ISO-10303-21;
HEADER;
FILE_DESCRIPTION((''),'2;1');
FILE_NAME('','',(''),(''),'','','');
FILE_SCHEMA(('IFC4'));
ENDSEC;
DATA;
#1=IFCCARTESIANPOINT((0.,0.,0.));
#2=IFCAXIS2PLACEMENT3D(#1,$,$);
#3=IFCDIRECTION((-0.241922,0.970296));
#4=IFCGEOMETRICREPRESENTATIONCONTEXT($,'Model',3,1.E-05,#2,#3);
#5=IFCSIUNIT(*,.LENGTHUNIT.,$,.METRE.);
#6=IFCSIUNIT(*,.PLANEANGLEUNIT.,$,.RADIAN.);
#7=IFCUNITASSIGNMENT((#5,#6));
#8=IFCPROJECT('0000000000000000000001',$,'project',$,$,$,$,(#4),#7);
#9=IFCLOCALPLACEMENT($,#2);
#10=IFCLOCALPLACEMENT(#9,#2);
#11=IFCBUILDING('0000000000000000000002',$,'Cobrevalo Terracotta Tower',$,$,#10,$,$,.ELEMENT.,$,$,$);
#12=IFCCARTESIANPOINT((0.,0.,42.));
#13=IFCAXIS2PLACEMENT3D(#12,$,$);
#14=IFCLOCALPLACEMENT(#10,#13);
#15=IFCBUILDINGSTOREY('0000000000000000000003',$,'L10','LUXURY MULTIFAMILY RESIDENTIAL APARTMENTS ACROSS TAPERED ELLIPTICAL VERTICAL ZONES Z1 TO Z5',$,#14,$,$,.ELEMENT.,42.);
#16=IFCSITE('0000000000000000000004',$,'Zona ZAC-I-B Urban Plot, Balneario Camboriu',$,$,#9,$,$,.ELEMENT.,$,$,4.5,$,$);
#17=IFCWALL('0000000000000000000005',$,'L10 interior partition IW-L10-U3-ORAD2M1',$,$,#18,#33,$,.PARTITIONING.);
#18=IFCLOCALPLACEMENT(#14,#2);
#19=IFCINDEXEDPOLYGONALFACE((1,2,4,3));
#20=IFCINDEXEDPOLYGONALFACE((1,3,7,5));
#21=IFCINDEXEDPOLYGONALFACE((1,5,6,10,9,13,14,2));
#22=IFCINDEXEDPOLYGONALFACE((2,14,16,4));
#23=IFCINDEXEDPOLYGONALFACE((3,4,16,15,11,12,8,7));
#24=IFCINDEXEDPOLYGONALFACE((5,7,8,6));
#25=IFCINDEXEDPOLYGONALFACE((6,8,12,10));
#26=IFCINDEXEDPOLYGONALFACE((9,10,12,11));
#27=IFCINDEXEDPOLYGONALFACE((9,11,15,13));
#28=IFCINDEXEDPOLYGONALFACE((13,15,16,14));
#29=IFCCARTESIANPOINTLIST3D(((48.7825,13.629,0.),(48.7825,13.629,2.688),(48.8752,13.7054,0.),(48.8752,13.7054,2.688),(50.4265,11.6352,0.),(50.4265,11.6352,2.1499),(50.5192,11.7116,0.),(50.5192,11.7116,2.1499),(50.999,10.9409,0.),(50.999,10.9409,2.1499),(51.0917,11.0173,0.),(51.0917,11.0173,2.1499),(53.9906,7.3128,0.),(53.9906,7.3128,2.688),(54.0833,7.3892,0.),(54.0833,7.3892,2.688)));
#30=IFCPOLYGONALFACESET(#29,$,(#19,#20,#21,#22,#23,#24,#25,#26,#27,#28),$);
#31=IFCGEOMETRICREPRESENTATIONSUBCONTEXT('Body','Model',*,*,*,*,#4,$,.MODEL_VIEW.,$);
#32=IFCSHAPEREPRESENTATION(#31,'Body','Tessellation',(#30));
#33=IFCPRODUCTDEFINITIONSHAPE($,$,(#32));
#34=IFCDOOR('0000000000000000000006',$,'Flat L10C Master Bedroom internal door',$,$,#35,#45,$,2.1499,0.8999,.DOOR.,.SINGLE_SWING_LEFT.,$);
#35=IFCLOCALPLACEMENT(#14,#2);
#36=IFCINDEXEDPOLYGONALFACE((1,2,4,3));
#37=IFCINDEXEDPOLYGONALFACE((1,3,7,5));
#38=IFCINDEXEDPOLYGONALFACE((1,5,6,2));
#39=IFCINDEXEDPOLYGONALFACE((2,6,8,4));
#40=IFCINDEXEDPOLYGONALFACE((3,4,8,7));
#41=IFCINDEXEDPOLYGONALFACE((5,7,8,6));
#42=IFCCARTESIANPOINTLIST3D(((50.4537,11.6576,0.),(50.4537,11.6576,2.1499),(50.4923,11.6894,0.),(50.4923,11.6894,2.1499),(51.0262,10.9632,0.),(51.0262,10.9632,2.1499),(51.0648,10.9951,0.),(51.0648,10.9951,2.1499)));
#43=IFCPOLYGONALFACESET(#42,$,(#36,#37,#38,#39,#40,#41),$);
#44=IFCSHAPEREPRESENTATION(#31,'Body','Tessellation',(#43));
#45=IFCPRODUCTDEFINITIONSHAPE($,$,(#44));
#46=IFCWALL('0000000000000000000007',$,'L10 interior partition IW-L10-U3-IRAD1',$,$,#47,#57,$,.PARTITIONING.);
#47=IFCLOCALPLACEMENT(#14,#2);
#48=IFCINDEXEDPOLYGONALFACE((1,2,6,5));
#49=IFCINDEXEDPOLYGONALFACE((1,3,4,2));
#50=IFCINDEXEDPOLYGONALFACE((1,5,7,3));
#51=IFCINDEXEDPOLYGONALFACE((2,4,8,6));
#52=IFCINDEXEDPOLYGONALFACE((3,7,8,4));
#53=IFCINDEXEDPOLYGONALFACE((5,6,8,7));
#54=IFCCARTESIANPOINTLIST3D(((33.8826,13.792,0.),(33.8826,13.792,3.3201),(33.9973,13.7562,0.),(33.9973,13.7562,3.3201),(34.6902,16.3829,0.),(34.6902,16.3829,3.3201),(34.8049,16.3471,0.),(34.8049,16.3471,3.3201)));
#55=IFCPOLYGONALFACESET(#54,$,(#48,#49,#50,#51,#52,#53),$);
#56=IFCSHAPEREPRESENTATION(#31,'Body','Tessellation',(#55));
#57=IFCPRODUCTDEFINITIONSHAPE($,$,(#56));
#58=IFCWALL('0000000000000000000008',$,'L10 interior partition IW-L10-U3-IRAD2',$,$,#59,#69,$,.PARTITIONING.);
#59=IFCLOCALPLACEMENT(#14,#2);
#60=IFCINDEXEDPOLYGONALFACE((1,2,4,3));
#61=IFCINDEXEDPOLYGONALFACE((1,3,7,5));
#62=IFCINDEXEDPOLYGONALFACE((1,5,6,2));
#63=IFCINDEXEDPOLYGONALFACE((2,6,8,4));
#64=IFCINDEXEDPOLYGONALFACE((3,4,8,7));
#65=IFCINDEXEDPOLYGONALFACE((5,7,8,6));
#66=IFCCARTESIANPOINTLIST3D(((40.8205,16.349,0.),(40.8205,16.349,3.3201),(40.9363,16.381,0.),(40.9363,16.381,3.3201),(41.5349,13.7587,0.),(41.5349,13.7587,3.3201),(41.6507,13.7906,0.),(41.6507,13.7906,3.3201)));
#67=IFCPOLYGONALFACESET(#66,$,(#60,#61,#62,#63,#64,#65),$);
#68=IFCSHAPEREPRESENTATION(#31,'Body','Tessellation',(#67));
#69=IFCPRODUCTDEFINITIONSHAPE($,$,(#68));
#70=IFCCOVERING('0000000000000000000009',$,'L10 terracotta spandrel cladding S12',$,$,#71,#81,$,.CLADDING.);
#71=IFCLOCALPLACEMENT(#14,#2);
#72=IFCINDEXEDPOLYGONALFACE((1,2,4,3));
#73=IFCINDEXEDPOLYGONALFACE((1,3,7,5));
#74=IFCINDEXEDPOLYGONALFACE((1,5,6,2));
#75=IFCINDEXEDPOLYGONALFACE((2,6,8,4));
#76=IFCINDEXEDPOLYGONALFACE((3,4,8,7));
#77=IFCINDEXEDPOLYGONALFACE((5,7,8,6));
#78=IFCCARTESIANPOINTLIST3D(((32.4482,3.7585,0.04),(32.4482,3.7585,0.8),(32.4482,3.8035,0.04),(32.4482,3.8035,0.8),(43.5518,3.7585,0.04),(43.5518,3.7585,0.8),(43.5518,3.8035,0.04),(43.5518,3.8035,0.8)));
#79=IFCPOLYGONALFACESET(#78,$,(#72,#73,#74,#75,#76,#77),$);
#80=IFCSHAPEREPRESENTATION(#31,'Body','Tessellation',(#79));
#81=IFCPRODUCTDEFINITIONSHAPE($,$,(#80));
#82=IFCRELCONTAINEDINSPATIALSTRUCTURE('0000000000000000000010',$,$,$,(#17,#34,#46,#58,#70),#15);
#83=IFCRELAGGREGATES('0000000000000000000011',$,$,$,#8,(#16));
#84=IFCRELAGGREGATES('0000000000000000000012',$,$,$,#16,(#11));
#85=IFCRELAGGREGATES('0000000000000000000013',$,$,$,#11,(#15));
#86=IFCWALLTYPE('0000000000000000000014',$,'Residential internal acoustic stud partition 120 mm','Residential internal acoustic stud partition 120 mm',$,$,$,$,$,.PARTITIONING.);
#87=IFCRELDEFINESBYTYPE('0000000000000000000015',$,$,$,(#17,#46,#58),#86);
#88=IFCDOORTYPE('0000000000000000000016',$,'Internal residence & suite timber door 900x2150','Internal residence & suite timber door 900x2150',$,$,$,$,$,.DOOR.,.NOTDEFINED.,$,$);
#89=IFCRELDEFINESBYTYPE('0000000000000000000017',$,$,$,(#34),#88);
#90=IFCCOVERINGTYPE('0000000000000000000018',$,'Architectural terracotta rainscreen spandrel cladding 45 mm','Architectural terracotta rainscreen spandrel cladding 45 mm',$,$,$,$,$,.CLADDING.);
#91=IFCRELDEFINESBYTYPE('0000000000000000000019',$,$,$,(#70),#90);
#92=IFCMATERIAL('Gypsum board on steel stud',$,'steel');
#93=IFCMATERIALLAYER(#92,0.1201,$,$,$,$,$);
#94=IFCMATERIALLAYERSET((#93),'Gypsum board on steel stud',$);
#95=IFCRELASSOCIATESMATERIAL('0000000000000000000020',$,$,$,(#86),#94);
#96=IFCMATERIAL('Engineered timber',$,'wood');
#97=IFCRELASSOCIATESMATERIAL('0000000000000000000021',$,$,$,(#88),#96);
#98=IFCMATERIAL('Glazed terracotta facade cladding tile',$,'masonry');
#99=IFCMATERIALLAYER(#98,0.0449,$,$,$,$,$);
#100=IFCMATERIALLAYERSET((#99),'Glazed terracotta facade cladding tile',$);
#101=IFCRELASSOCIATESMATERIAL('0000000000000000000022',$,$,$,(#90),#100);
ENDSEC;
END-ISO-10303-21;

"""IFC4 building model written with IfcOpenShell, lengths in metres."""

from ifc_helpers import new_model, si_unit, direction, frame, frame_2d, origin, origin_2d, place, context, subcontext, project, spatial, rectangle, extrude, source, transform, mapped, material, layer, layer_set, type_object, element, fill, save


model = new_model("IFC4")

# Units and contexts
model_context = context("Model", 3, precision=1e-05, world=origin(), true_north=direction((-0.241922, 0.970296)))
body_context = subcontext(model_context, "Body", "Model", "MODEL_VIEW")
ifc_project = project(units=[si_unit("LENGTHUNIT", "METRE"), si_unit("PLANEANGLEUNIT", "RADIAN")], contexts=[model_context])

# Site, building, storey
site_placement = place(None, origin())
site = spatial("IfcSite", under=ifc_project, at=site_placement, Name="Zona ZAC-I-B Urban Plot, Balneario Camboriu", CompositionType="ELEMENT", RefElevation=4.5)
building_placement = place(site_placement, origin())
building = spatial("IfcBuilding", under=site, at=building_placement, Name="Cobrevalo Terracotta Tower", CompositionType="ELEMENT")
storey_placement = place(building_placement, frame((0.0, 0.0, 42.0)))
storey = spatial("IfcBuildingStorey", under=building, at=storey_placement, Name="L10", Description="LUXURY MULTIFAMILY RESIDENTIAL APARTMENTS ACROSS TAPERED ELLIPTICAL VERTICAL ZONES Z1 TO Z5", CompositionType="ELEMENT", Elevation=42.0)

# Wall, opening, door
ifc_material_1 = material(Name="Gypsum board on steel stud", Category="steel")
ifc_layer_1 = layer(ifc_material_1, 0.1201)
ifc_layer_set_1 = layer_set([ifc_layer_1], Name="Gypsum board on steel stud")
wall_type = type_object("IfcWallType", Name="Residential internal acoustic stud partition 120 mm", Description="Residential internal acoustic stud partition 120 mm", PredefinedType="PARTITIONING", material=ifc_layer_set_1)
ifc_material_2 = material(Name="Engineered timber", Category="wood")
door_type_1 = type_object("IfcDoorType", Name="Internal residence & suite timber door 900x2150", Description="Internal residence & suite timber door 900x2150", OperationType="NOTDEFINED", PredefinedType="DOOR", material=ifc_material_2)
shared_shape_1 = source(origin(), body_context, "Body", "SweptSolid", [
    extrude(rectangle(XDim=0.8999, YDim=2.1499, at=frame_2d((0.45, 1.075))), frame((0.0, 0.0249, 0.0), z_axis=(0.0, -1.0, 0.0), x_axis=(1.0, 0.0, 0.0)), (0.0, 0.0, 1.0), 0.05),
])
wall_1_placement = place(storey_placement, frame((48.8289, 13.6672, 0.0), z_axis=(0.0, 0.0, 1.0), x_axis=(0.636178, -0.771543, 0.0)))
wall_1 = element("IfcWall", 1, at=wall_1_placement, inside=storey, type_object=wall_type, Name="L10 interior partition IW-L10-U3-ORAD2M1", PredefinedType="PARTITIONING", context=body_context, shape_type="SweptSolid", body=[
    extrude(rectangle(XDim=8.1865, YDim=0.1201, at=frame_2d((4.0933, 0.0))), origin(), (0.0, 0.0, 1.0), 2.688),
])
opening_1_placement = place(wall_1_placement, frame((2.5842, 0.0, 0.0)))
opening_1 = element("IfcOpeningElement", 2, at=opening_1_placement, cuts=wall_1, PredefinedType="OPENING", context=body_context, shape_type="SweptSolid", body=[
    extrude(rectangle(XDim=0.8999, YDim=2.1499, at=frame_2d((0.45, 1.075))), frame((0.0, 0.0701, 0.0), z_axis=(0.0, -1.0, 0.0), x_axis=(1.0, 0.0, 0.0)), (0.0, 0.0, 1.0), 0.1401),
])
door_1_placement = place(opening_1_placement, frame((0.8999, 0.0, 0.0), z_axis=(0.0, 0.0, 1.0), x_axis=(-1.0, 0.0, 0.0)))
door_1 = element("IfcDoor", 3, at=door_1_placement, inside=storey, type_object=door_type_1, Name="Flat L10C Master Bedroom internal door", OperationType="SINGLE_SWING_LEFT", OverallHeight=2.1499, OverallWidth=0.8999, PredefinedType="DOOR", context=body_context, shape_type="MappedRepresentation", body=[
    mapped(shared_shape_1, transform((0.0, 0.0, 0.0), scale=1.0)),
])
fill(opening_1, door_1)

# Walls
wall_2_placement = place(storey_placement, frame((34.7476, 16.365, 0.0), z_axis=(0.0, 0.0, 1.0), x_axis=(-0.297599, -0.954691, 0.0)))
element("IfcWall", 4, at=wall_2_placement, inside=storey, type_object=wall_type, Name="L10 interior partition IW-L10-U3-IRAD1", PredefinedType="PARTITIONING", context=body_context, shape_type="SweptSolid", body=[
    extrude(rectangle(XDim=2.7139, YDim=0.1201, at=frame_2d((1.3569, 0.0))), origin(), (0.0, 0.0, 1.0), 3.3201),
])
wall_3_placement = place(storey_placement, frame((40.8784, 16.365, 0.0), z_axis=(0.0, 0.0, 1.0), x_axis=(0.265853, -0.964013, 0.0)))
element("IfcWall", 5, at=wall_3_placement, inside=storey, type_object=wall_type, Name="L10 interior partition IW-L10-U3-IRAD2", PredefinedType="PARTITIONING", context=body_context, shape_type="SweptSolid", body=[
    extrude(rectangle(XDim=2.687, YDim=0.1201, at=frame_2d((1.3435, 0.0))), origin(), (0.0, 0.0, 1.0), 3.3201),
])

# Covering
ifc_material_3 = material(Name="Glazed terracotta facade cladding tile", Category="masonry")
ifc_layer_2 = layer(ifc_material_3, 0.0449)
ifc_layer_set_2 = layer_set([ifc_layer_2], Name="Glazed terracotta facade cladding tile")
covering_type = type_object("IfcCoveringType", Name="Architectural terracotta rainscreen spandrel cladding 45 mm", Description="Architectural terracotta rainscreen spandrel cladding 45 mm", PredefinedType="CLADDING", material=ifc_layer_set_2)
shared_shape_2 = source(origin(), body_context, "Body", "SweptSolid", [
    extrude(rectangle(XDim=11.1035, YDim=0.0449, at=origin_2d()), origin(), (0.0, 0.0, 1.0), 0.76),
])
covering_placement = place(storey_placement, frame((38.0, 3.781, 0.04), z_axis=(0.0, 0.0, 1.0), x_axis=(1.0, 0.0, 0.0)))
element("IfcCovering", 6, at=covering_placement, inside=storey, type_object=covering_type, Name="L10 terracotta spandrel cladding S12", PredefinedType="CLADDING", context=body_context, shape_type="MappedRepresentation", body=[
    mapped(shared_shape_2, transform((0.0, 0.0, 0.0), scale=1.0)),
])

save(model, "model.ifc")
